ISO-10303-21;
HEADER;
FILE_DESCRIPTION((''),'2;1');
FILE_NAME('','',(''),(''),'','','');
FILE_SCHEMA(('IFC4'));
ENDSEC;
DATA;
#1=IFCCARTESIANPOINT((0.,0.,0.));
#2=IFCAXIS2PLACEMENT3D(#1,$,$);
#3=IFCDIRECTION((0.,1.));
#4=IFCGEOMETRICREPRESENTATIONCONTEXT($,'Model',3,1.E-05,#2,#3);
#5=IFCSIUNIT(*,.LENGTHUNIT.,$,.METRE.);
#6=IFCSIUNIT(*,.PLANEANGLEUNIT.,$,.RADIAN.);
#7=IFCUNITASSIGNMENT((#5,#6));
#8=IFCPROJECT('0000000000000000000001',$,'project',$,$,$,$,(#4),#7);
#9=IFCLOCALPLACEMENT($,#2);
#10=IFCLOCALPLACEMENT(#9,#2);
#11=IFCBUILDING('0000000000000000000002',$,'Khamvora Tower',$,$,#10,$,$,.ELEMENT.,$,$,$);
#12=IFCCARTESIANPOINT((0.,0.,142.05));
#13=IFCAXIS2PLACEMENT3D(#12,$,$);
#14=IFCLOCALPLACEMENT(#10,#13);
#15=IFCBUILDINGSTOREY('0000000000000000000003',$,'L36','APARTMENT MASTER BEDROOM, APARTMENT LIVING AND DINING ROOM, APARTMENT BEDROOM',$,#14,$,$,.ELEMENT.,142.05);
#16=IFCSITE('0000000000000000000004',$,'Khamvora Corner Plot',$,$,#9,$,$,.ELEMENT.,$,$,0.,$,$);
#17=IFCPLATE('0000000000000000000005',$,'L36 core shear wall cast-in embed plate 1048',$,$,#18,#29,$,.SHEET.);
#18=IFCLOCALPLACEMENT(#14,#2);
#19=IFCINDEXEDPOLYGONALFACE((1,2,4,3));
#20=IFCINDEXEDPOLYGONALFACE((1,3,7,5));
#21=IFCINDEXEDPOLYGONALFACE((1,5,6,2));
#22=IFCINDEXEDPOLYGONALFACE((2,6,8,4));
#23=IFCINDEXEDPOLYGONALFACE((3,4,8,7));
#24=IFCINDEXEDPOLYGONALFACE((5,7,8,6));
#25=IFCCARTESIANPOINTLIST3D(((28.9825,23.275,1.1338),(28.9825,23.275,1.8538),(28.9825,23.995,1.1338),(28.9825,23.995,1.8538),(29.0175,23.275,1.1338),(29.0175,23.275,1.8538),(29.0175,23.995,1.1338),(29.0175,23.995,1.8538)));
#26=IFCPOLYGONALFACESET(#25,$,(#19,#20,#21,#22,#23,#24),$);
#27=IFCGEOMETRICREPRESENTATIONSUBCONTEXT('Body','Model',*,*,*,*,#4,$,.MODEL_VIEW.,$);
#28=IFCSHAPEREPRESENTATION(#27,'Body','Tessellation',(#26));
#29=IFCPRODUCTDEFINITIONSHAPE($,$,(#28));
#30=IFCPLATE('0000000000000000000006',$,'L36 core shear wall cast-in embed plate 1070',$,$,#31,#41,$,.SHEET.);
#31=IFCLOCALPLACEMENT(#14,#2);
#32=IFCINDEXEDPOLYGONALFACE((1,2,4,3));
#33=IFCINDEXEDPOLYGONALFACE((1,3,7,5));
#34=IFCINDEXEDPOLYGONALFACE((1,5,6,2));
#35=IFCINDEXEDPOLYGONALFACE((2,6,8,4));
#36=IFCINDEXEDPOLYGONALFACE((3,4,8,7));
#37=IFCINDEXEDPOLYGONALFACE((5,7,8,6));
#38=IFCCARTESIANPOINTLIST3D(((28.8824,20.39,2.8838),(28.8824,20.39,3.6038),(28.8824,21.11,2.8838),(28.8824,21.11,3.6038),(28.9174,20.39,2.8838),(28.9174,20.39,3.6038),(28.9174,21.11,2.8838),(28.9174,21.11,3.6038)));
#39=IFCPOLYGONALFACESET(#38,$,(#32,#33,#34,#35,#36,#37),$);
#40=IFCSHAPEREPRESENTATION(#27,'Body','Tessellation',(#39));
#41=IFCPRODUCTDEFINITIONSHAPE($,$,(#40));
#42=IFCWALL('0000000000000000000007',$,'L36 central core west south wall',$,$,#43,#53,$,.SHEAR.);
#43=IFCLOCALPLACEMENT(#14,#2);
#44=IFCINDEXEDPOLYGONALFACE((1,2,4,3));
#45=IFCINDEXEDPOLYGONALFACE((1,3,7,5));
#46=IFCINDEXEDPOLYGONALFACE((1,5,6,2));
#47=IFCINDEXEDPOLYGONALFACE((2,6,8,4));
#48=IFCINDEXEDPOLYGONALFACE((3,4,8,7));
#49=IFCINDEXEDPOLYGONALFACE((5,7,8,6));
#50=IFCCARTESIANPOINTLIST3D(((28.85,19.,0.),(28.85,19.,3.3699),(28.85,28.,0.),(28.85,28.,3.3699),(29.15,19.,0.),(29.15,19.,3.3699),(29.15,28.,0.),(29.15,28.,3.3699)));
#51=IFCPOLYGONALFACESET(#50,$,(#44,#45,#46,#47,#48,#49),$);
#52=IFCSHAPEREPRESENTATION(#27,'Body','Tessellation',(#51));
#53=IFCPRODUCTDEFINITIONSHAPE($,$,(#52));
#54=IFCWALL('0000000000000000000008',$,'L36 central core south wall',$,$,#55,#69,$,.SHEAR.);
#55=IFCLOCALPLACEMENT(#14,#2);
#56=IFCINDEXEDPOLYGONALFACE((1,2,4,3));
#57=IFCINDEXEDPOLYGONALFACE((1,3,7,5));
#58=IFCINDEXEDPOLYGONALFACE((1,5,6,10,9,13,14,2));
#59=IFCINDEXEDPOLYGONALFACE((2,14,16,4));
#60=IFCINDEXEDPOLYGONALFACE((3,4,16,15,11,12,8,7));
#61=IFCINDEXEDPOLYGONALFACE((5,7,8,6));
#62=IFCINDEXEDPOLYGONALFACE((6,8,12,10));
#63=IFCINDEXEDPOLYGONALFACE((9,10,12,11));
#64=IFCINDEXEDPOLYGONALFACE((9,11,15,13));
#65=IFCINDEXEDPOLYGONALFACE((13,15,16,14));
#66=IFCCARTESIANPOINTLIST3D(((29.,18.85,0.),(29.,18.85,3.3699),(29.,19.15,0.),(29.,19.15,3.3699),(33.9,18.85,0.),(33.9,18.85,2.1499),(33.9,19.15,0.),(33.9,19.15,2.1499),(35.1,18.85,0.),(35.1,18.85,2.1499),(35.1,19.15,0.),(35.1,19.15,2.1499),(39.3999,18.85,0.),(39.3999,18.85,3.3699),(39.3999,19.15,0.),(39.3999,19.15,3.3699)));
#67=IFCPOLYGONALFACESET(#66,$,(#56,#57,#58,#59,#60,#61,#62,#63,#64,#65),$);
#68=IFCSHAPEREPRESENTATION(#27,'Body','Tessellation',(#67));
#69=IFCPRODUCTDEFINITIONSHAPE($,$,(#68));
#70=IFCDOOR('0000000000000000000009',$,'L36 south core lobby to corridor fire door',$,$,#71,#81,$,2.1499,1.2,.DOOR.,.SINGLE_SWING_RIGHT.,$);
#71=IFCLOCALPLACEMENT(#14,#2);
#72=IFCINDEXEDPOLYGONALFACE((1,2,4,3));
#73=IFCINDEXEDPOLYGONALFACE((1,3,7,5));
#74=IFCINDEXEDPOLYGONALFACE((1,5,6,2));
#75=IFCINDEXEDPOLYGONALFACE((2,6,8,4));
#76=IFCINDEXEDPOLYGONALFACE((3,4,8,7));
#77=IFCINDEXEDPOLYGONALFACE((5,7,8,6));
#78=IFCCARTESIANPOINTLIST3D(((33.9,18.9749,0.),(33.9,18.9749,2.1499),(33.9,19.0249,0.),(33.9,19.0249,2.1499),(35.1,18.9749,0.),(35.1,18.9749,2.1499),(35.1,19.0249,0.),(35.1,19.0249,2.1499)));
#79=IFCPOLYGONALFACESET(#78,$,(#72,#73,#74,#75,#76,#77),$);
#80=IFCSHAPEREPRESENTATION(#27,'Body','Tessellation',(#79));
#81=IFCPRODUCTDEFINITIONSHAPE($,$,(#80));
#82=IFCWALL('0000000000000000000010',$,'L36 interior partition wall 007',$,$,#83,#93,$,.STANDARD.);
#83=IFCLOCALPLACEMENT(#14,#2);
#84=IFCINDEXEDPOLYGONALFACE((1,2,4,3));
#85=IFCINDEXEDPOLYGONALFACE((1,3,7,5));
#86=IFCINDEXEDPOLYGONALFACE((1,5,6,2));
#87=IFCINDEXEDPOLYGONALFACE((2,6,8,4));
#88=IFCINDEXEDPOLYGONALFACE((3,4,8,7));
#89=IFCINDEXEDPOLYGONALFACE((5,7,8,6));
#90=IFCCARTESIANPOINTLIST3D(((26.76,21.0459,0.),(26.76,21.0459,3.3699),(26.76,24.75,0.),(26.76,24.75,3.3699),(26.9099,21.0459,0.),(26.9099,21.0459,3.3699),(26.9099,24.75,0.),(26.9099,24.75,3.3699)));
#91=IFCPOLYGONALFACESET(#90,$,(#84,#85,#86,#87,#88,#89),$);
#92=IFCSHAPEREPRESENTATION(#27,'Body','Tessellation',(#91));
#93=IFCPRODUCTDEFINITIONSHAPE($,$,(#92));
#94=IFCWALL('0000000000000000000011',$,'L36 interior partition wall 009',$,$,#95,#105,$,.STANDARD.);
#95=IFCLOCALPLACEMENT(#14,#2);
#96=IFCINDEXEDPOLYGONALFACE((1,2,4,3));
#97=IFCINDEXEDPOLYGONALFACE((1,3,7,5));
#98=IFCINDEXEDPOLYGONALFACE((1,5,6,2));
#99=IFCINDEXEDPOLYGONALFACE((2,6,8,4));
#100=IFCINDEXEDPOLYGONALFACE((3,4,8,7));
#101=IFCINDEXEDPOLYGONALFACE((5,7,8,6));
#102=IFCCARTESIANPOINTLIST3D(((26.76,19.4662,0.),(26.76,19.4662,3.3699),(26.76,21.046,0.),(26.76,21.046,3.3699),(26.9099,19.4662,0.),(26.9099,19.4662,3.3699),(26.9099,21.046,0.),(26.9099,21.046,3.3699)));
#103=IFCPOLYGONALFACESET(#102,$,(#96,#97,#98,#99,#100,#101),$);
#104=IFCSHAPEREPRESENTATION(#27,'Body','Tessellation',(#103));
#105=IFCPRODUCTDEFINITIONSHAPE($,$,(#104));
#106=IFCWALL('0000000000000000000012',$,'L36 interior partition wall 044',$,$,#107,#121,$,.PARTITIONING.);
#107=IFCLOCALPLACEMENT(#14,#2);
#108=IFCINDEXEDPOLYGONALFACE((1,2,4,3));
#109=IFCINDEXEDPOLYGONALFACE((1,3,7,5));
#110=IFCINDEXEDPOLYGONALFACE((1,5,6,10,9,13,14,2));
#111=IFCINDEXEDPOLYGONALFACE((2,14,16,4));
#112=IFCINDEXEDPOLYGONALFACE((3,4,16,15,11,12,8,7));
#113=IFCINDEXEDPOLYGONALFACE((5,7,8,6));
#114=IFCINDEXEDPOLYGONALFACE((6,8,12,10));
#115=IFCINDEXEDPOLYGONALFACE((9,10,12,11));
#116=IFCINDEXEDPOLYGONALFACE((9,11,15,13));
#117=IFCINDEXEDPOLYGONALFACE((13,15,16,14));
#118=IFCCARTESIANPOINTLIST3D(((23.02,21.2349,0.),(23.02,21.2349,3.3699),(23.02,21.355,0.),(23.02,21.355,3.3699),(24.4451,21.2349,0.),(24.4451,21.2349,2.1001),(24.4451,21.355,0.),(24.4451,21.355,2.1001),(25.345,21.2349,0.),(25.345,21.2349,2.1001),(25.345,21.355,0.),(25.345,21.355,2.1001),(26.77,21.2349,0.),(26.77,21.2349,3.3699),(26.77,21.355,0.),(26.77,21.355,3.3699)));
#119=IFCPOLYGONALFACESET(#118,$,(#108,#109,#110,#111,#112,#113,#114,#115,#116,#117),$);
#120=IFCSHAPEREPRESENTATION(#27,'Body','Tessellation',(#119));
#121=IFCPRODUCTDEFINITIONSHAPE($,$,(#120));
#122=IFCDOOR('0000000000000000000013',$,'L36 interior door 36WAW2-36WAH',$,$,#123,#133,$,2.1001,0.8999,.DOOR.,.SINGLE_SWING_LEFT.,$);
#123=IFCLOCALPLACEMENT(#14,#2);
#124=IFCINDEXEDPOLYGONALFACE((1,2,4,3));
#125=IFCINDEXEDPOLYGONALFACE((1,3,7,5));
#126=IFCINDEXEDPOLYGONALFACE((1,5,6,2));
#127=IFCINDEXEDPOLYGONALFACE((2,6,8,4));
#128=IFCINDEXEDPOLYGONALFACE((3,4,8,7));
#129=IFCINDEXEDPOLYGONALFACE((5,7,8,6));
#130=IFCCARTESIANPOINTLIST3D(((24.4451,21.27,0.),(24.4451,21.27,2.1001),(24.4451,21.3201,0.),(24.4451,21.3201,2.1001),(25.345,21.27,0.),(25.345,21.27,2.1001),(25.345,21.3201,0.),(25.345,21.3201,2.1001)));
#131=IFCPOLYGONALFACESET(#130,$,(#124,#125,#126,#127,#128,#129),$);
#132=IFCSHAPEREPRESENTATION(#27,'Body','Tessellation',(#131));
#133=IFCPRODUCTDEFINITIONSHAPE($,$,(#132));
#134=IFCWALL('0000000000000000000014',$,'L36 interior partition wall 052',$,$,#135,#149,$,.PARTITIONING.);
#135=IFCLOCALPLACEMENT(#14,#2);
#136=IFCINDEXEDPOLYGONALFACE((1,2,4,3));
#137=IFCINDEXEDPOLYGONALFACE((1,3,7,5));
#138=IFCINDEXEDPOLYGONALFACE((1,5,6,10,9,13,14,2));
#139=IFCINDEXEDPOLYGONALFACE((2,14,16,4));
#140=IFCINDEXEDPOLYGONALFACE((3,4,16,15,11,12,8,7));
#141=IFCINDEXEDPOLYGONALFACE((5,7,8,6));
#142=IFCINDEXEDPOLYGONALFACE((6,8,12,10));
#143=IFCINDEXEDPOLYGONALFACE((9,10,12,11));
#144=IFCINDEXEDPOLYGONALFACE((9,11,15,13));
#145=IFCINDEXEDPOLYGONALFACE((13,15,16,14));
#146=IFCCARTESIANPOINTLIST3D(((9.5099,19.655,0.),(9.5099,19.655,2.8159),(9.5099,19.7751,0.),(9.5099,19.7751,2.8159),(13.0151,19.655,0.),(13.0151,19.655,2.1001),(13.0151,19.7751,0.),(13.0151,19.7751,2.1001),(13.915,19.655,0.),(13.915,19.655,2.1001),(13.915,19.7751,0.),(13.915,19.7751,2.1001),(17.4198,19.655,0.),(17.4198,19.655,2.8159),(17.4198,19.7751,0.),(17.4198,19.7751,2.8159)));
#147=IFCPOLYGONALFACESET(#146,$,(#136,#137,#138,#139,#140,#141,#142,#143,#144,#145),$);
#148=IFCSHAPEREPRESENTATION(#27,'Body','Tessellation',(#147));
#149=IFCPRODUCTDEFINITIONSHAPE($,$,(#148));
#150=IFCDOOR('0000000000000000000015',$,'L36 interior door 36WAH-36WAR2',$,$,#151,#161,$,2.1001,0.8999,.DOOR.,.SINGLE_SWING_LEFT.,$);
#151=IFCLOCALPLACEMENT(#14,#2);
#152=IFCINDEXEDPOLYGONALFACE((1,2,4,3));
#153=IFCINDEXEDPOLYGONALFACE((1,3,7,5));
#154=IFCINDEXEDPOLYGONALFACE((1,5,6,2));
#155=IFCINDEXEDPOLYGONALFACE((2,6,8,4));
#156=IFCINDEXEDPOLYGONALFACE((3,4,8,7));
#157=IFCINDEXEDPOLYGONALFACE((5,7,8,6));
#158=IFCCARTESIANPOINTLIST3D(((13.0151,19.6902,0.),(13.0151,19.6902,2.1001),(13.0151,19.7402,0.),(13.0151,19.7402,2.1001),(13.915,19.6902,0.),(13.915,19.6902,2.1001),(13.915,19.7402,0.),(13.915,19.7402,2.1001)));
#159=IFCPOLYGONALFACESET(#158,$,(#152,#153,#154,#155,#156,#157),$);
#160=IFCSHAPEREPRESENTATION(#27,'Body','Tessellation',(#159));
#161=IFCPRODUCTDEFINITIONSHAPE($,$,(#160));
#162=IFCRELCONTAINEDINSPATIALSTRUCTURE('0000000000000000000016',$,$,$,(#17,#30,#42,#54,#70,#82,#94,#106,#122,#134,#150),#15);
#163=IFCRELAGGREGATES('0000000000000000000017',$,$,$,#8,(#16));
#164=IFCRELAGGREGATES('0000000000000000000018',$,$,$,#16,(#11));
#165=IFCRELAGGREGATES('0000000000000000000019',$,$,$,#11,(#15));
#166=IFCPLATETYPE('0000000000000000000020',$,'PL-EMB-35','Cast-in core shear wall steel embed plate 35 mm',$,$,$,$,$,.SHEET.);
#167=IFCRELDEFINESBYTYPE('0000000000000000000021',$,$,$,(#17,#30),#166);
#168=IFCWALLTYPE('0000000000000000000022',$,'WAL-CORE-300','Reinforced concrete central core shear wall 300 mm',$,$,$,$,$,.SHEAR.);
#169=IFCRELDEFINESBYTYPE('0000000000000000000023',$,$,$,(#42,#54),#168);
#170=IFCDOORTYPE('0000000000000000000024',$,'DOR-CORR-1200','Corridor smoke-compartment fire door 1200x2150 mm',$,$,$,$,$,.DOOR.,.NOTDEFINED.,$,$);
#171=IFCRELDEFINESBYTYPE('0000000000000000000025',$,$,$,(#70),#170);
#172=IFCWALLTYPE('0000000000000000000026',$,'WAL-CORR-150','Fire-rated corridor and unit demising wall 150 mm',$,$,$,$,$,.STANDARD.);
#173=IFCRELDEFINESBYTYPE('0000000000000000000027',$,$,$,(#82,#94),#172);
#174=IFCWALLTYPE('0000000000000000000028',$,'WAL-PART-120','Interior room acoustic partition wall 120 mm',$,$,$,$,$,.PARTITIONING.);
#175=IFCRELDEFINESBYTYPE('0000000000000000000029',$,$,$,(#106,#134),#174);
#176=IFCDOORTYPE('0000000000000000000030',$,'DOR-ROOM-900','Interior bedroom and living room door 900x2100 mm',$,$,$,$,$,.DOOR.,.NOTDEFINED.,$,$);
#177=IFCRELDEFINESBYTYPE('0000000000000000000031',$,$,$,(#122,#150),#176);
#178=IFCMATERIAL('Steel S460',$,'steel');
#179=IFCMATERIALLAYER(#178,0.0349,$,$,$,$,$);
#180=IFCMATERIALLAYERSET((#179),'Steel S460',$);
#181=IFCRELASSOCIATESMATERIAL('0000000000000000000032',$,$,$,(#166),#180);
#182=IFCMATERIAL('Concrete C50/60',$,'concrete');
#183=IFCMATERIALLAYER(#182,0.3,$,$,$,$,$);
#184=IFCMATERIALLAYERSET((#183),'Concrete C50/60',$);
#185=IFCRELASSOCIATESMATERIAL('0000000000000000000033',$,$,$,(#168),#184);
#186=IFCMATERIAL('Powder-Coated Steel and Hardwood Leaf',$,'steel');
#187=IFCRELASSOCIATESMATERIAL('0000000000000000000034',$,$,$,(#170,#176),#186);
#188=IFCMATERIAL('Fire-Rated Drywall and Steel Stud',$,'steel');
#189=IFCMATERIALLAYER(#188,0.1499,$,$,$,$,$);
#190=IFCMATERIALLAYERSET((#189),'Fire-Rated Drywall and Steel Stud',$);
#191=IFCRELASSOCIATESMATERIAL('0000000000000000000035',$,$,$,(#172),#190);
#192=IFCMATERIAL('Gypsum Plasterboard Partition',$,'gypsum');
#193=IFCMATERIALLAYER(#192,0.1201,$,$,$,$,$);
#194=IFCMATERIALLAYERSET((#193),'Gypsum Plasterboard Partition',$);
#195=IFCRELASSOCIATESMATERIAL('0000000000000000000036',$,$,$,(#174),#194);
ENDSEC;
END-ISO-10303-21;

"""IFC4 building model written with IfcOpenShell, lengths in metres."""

from ifc_helpers import new_model, si_unit, direction, frame, frame_2d, origin, origin_2d, place, context, subcontext, project, spatial, rectangle, extrude, material, layer, layer_set, type_object, element, fill, save


model = new_model("IFC4")

# Units and contexts
model_context = context("Model", 3, precision=1e-05, world=origin(), true_north=direction((0.0, 1.0)))
body_context = subcontext(model_context, "Body", "Model", "MODEL_VIEW")
ifc_project = project(units=[si_unit("LENGTHUNIT", "METRE"), si_unit("PLANEANGLEUNIT", "RADIAN")], contexts=[model_context])

# Site, building, storey
site_placement = place(None, origin())
site = spatial("IfcSite", under=ifc_project, at=site_placement, Name="Khamvora Corner Plot", CompositionType="ELEMENT", RefElevation=0.0)
building_placement = place(site_placement, origin())
building = spatial("IfcBuilding", under=site, at=building_placement, Name="Khamvora Tower", CompositionType="ELEMENT")
storey_placement = place(building_placement, frame((0.0, 0.0, 142.05)))
storey = spatial("IfcBuildingStorey", under=building, at=storey_placement, Name="L36", Description="APARTMENT MASTER BEDROOM, APARTMENT LIVING AND DINING ROOM, APARTMENT BEDROOM", CompositionType="ELEMENT", Elevation=142.05)

# Plates
ifc_material_1 = material(Name="Steel S460", Category="steel")
ifc_layer_1 = layer(ifc_material_1, 0.0349)
ifc_layer_set_1 = layer_set([ifc_layer_1], Name="Steel S460")
plate_type = type_object("IfcPlateType", Name="PL-EMB-35", Description="Cast-in core shear wall steel embed plate 35 mm", PredefinedType="SHEET", material=ifc_layer_set_1)
for number, where, z_axis, x_axis, name in (
    (1, (29.0, 23.635, 1.1338), (0.0, 0.0, 1.0), (1.0, 0.0, 0.0), "L36 core shear wall cast-in embed plate 1048"),
    (2, (28.8999, 20.75, 2.8838), (0.0, 0.0, 1.0), (1.0, 0.0, 0.0), "L36 core shear wall cast-in embed plate 1070"),
):
    element("IfcPlate", number, at=place(storey_placement, frame(where, z_axis=z_axis, x_axis=x_axis)), inside=storey, type_object=plate_type, Name=name, PredefinedType="SHEET", context=body_context, shape_type="SweptSolid", body=[
        extrude(rectangle(XDim=0.0349, YDim=0.72, at=origin_2d()), origin(), (0.0, 0.0, 1.0), 0.72),
    ])

# Wall
ifc_material_2 = material(Name="Concrete C50/60", Category="concrete")
ifc_layer_2 = layer(ifc_material_2, 0.3)
ifc_layer_set_2 = layer_set([ifc_layer_2], Name="Concrete C50/60")
wall_type_1 = type_object("IfcWallType", Name="WAL-CORE-300", Description="Reinforced concrete central core shear wall 300 mm", PredefinedType="SHEAR", material=ifc_layer_set_2)
wall_1_placement = place(storey_placement, frame((29.0, 19.0, 0.0), z_axis=(0.0, 0.0, 1.0), x_axis=(0.0, 1.0, 0.0)))
element("IfcWall", 3, at=wall_1_placement, inside=storey, type_object=wall_type_1, Name="L36 central core west south wall", PredefinedType="SHEAR", context=body_context, shape_type="SweptSolid", body=[
    extrude(rectangle(XDim=9.0, YDim=0.3, at=frame_2d((4.5, 0.0))), origin(), (0.0, 0.0, 1.0), 3.3699),
])

# Wall, opening, door
wall_2_placement = place(storey_placement, frame((29.0, 19.0, 0.0), z_axis=(0.0, 0.0, 1.0), x_axis=(1.0, 0.0, 0.0)))
wall_2 = element("IfcWall", 4, at=wall_2_placement, inside=storey, type_object=wall_type_1, Name="L36 central core south wall", PredefinedType="SHEAR", context=body_context, shape_type="SweptSolid", body=[
    extrude(rectangle(XDim=10.3999, YDim=0.3, at=frame_2d((5.2, 0.0))), origin(), (0.0, 0.0, 1.0), 3.3699),
])
opening_1_placement = place(wall_2_placement, frame((4.8999, 0.0, 0.0)))
opening_1 = element("IfcOpeningElement", 5, at=opening_1_placement, cuts=wall_2, PredefinedType="OPENING", context=body_context, shape_type="SweptSolid", body=[
    extrude(rectangle(XDim=1.2, YDim=2.1499, at=frame_2d((0.6001, 1.075))), frame((0.0, 0.1599, 0.0), z_axis=(0.0, -1.0, 0.0), x_axis=(1.0, 0.0, 0.0)), (0.0, 0.0, 1.0), 0.3201),
])
ifc_material_3 = material(Name="Powder-Coated Steel and Hardwood Leaf", Category="steel")
door_type_1 = type_object("IfcDoorType", Name="DOR-CORR-1200", Description="Corridor smoke-compartment fire door 1200x2150 mm", OperationType="NOTDEFINED", PredefinedType="DOOR", material=ifc_material_3)
door_1_placement = place(opening_1_placement, origin())
door_1 = element("IfcDoor", 6, at=door_1_placement, inside=storey, type_object=door_type_1, Name="L36 south core lobby to corridor fire door", OperationType="SINGLE_SWING_RIGHT", OverallHeight=2.1499, OverallWidth=1.2, PredefinedType="DOOR", context=body_context, shape_type="SweptSolid", body=[
    extrude(rectangle(XDim=1.2, YDim=2.1499, at=frame_2d((0.6001, 1.075))), frame((0.0, 0.0249, 0.0), z_axis=(0.0, -1.0, 0.0), x_axis=(1.0, 0.0, 0.0)), (0.0, 0.0, 1.0), 0.05),
])
fill(opening_1, door_1)

# Walls
ifc_material_4 = material(Name="Fire-Rated Drywall and Steel Stud", Category="steel")
ifc_layer_3 = layer(ifc_material_4, 0.1499)
ifc_layer_set_3 = layer_set([ifc_layer_3], Name="Fire-Rated Drywall and Steel Stud")
wall_type_2 = type_object("IfcWallType", Name="WAL-CORR-150", Description="Fire-rated corridor and unit demising wall 150 mm", PredefinedType="STANDARD", material=ifc_layer_set_3)
wall_3_placement = place(storey_placement, frame((26.835, 21.0459, 0.0), z_axis=(0.0, 0.0, 1.0), x_axis=(0.0, 1.0, 0.0)))
element("IfcWall", 7, at=wall_3_placement, inside=storey, type_object=wall_type_2, Name="L36 interior partition wall 007", PredefinedType="STANDARD", context=body_context, shape_type="SweptSolid", body=[
    extrude(rectangle(XDim=3.7041, YDim=0.1499, at=frame_2d((1.8521, 0.0))), origin(), (0.0, 0.0, 1.0), 3.3699),
])
wall_4_placement = place(storey_placement, frame((26.835, 19.4661, 0.0), z_axis=(0.0, 0.0, 1.0), x_axis=(0.0, 1.0, 0.0)))
element("IfcWall", 8, at=wall_4_placement, inside=storey, type_object=wall_type_2, Name="L36 interior partition wall 009", PredefinedType="STANDARD", context=body_context, shape_type="SweptSolid", body=[
    extrude(rectangle(XDim=1.5798, YDim=0.1499, at=frame_2d((0.79, 0.0))), origin(), (0.0, 0.0, 1.0), 3.3699),
])

# Walls, openings, doors
ifc_material_5 = material(Name="Gypsum Plasterboard Partition", Category="gypsum")
ifc_layer_4 = layer(ifc_material_5, 0.1201)
ifc_layer_set_4 = layer_set([ifc_layer_4], Name="Gypsum Plasterboard Partition")
wall_type_3 = type_object("IfcWallType", Name="WAL-PART-120", Description="Interior room acoustic partition wall 120 mm", PredefinedType="PARTITIONING", material=ifc_layer_set_4)
wall_5_placement = place(storey_placement, frame((26.77, 21.2949, 0.0), z_axis=(0.0, 0.0, 1.0), x_axis=(-1.0, 0.0, 0.0)))
wall_5 = element("IfcWall", 9, at=wall_5_placement, inside=storey, type_object=wall_type_3, Name="L36 interior partition wall 044", PredefinedType="PARTITIONING", context=body_context, shape_type="SweptSolid", body=[
    extrude(rectangle(XDim=3.75, YDim=0.1201, at=frame_2d((1.875, 0.0))), origin(), (0.0, 0.0, 1.0), 3.3699),
])
opening_2_placement = place(wall_5_placement, frame((1.425, 0.0, 0.0)))
opening_2 = element("IfcOpeningElement", 10, at=opening_2_placement, cuts=wall_5, PredefinedType="OPENING", context=body_context, shape_type="SweptSolid", body=[
    extrude(rectangle(XDim=0.8999, YDim=2.1001, at=frame_2d((0.45, 1.05))), frame((0.0, 0.0701, 0.0), z_axis=(0.0, -1.0, 0.0), x_axis=(1.0, 0.0, 0.0)), (0.0, 0.0, 1.0), 0.1401),
])
door_type_2 = type_object("IfcDoorType", Name="DOR-ROOM-900", Description="Interior bedroom and living room door 900x2100 mm", OperationType="NOTDEFINED", PredefinedType="DOOR", material=ifc_material_3)
door_2_placement = place(opening_2_placement, origin())
door_2 = element("IfcDoor", 11, at=door_2_placement, inside=storey, type_object=door_type_2, Name="L36 interior door 36WAW2-36WAH", OperationType="SINGLE_SWING_LEFT", OverallHeight=2.1001, OverallWidth=0.8999, PredefinedType="DOOR", context=body_context, shape_type="SweptSolid", body=[
    extrude(rectangle(XDim=0.8999, YDim=2.1001, at=frame_2d((0.45, 1.05))), frame((0.0, 0.0249, 0.0), z_axis=(0.0, -1.0, 0.0), x_axis=(1.0, 0.0, 0.0)), (0.0, 0.0, 1.0), 0.05),
])
fill(opening_2, door_2)
wall_6_placement = place(storey_placement, frame((17.4199, 19.7151, 0.0), z_axis=(0.0, 0.0, 1.0), x_axis=(-1.0, 0.0, 0.0)))
wall_6 = element("IfcWall", 12, at=wall_6_placement, inside=storey, type_object=wall_type_3, Name="L36 interior partition wall 052", PredefinedType="PARTITIONING", context=body_context, shape_type="SweptSolid", body=[
    extrude(rectangle(XDim=7.9099, YDim=0.1201, at=frame_2d((3.9551, 0.0))), origin(), (0.0, 0.0, 1.0), 2.8159),
])
opening_3_placement = place(wall_6_placement, frame((3.5049, 0.0, 0.0)))
opening_3 = element("IfcOpeningElement", 13, at=opening_3_placement, cuts=wall_6, PredefinedType="OPENING", context=body_context, shape_type="SweptSolid", body=[
    extrude(rectangle(XDim=0.8999, YDim=2.1001, at=frame_2d((0.45, 1.05))), frame((0.0, 0.0701, 0.0), z_axis=(0.0, -1.0, 0.0), x_axis=(1.0, 0.0, 0.0)), (0.0, 0.0, 1.0), 0.1401),
])
door_3_placement = place(opening_3_placement, origin())
door_3 = element("IfcDoor", 14, at=door_3_placement, inside=storey, type_object=door_type_2, Name="L36 interior door 36WAH-36WAR2", OperationType="SINGLE_SWING_LEFT", OverallHeight=2.1001, OverallWidth=0.8999, PredefinedType="DOOR", context=body_context, shape_type="SweptSolid", body=[
    extrude(rectangle(XDim=0.8999, YDim=2.1001, at=frame_2d((0.45, 1.05))), frame((0.0, 0.0249, 0.0), z_axis=(0.0, -1.0, 0.0), x_axis=(1.0, 0.0, 0.0)), (0.0, 0.0, 1.0), 0.05),
])
fill(opening_3, door_3)

save(model, "model.ifc")
